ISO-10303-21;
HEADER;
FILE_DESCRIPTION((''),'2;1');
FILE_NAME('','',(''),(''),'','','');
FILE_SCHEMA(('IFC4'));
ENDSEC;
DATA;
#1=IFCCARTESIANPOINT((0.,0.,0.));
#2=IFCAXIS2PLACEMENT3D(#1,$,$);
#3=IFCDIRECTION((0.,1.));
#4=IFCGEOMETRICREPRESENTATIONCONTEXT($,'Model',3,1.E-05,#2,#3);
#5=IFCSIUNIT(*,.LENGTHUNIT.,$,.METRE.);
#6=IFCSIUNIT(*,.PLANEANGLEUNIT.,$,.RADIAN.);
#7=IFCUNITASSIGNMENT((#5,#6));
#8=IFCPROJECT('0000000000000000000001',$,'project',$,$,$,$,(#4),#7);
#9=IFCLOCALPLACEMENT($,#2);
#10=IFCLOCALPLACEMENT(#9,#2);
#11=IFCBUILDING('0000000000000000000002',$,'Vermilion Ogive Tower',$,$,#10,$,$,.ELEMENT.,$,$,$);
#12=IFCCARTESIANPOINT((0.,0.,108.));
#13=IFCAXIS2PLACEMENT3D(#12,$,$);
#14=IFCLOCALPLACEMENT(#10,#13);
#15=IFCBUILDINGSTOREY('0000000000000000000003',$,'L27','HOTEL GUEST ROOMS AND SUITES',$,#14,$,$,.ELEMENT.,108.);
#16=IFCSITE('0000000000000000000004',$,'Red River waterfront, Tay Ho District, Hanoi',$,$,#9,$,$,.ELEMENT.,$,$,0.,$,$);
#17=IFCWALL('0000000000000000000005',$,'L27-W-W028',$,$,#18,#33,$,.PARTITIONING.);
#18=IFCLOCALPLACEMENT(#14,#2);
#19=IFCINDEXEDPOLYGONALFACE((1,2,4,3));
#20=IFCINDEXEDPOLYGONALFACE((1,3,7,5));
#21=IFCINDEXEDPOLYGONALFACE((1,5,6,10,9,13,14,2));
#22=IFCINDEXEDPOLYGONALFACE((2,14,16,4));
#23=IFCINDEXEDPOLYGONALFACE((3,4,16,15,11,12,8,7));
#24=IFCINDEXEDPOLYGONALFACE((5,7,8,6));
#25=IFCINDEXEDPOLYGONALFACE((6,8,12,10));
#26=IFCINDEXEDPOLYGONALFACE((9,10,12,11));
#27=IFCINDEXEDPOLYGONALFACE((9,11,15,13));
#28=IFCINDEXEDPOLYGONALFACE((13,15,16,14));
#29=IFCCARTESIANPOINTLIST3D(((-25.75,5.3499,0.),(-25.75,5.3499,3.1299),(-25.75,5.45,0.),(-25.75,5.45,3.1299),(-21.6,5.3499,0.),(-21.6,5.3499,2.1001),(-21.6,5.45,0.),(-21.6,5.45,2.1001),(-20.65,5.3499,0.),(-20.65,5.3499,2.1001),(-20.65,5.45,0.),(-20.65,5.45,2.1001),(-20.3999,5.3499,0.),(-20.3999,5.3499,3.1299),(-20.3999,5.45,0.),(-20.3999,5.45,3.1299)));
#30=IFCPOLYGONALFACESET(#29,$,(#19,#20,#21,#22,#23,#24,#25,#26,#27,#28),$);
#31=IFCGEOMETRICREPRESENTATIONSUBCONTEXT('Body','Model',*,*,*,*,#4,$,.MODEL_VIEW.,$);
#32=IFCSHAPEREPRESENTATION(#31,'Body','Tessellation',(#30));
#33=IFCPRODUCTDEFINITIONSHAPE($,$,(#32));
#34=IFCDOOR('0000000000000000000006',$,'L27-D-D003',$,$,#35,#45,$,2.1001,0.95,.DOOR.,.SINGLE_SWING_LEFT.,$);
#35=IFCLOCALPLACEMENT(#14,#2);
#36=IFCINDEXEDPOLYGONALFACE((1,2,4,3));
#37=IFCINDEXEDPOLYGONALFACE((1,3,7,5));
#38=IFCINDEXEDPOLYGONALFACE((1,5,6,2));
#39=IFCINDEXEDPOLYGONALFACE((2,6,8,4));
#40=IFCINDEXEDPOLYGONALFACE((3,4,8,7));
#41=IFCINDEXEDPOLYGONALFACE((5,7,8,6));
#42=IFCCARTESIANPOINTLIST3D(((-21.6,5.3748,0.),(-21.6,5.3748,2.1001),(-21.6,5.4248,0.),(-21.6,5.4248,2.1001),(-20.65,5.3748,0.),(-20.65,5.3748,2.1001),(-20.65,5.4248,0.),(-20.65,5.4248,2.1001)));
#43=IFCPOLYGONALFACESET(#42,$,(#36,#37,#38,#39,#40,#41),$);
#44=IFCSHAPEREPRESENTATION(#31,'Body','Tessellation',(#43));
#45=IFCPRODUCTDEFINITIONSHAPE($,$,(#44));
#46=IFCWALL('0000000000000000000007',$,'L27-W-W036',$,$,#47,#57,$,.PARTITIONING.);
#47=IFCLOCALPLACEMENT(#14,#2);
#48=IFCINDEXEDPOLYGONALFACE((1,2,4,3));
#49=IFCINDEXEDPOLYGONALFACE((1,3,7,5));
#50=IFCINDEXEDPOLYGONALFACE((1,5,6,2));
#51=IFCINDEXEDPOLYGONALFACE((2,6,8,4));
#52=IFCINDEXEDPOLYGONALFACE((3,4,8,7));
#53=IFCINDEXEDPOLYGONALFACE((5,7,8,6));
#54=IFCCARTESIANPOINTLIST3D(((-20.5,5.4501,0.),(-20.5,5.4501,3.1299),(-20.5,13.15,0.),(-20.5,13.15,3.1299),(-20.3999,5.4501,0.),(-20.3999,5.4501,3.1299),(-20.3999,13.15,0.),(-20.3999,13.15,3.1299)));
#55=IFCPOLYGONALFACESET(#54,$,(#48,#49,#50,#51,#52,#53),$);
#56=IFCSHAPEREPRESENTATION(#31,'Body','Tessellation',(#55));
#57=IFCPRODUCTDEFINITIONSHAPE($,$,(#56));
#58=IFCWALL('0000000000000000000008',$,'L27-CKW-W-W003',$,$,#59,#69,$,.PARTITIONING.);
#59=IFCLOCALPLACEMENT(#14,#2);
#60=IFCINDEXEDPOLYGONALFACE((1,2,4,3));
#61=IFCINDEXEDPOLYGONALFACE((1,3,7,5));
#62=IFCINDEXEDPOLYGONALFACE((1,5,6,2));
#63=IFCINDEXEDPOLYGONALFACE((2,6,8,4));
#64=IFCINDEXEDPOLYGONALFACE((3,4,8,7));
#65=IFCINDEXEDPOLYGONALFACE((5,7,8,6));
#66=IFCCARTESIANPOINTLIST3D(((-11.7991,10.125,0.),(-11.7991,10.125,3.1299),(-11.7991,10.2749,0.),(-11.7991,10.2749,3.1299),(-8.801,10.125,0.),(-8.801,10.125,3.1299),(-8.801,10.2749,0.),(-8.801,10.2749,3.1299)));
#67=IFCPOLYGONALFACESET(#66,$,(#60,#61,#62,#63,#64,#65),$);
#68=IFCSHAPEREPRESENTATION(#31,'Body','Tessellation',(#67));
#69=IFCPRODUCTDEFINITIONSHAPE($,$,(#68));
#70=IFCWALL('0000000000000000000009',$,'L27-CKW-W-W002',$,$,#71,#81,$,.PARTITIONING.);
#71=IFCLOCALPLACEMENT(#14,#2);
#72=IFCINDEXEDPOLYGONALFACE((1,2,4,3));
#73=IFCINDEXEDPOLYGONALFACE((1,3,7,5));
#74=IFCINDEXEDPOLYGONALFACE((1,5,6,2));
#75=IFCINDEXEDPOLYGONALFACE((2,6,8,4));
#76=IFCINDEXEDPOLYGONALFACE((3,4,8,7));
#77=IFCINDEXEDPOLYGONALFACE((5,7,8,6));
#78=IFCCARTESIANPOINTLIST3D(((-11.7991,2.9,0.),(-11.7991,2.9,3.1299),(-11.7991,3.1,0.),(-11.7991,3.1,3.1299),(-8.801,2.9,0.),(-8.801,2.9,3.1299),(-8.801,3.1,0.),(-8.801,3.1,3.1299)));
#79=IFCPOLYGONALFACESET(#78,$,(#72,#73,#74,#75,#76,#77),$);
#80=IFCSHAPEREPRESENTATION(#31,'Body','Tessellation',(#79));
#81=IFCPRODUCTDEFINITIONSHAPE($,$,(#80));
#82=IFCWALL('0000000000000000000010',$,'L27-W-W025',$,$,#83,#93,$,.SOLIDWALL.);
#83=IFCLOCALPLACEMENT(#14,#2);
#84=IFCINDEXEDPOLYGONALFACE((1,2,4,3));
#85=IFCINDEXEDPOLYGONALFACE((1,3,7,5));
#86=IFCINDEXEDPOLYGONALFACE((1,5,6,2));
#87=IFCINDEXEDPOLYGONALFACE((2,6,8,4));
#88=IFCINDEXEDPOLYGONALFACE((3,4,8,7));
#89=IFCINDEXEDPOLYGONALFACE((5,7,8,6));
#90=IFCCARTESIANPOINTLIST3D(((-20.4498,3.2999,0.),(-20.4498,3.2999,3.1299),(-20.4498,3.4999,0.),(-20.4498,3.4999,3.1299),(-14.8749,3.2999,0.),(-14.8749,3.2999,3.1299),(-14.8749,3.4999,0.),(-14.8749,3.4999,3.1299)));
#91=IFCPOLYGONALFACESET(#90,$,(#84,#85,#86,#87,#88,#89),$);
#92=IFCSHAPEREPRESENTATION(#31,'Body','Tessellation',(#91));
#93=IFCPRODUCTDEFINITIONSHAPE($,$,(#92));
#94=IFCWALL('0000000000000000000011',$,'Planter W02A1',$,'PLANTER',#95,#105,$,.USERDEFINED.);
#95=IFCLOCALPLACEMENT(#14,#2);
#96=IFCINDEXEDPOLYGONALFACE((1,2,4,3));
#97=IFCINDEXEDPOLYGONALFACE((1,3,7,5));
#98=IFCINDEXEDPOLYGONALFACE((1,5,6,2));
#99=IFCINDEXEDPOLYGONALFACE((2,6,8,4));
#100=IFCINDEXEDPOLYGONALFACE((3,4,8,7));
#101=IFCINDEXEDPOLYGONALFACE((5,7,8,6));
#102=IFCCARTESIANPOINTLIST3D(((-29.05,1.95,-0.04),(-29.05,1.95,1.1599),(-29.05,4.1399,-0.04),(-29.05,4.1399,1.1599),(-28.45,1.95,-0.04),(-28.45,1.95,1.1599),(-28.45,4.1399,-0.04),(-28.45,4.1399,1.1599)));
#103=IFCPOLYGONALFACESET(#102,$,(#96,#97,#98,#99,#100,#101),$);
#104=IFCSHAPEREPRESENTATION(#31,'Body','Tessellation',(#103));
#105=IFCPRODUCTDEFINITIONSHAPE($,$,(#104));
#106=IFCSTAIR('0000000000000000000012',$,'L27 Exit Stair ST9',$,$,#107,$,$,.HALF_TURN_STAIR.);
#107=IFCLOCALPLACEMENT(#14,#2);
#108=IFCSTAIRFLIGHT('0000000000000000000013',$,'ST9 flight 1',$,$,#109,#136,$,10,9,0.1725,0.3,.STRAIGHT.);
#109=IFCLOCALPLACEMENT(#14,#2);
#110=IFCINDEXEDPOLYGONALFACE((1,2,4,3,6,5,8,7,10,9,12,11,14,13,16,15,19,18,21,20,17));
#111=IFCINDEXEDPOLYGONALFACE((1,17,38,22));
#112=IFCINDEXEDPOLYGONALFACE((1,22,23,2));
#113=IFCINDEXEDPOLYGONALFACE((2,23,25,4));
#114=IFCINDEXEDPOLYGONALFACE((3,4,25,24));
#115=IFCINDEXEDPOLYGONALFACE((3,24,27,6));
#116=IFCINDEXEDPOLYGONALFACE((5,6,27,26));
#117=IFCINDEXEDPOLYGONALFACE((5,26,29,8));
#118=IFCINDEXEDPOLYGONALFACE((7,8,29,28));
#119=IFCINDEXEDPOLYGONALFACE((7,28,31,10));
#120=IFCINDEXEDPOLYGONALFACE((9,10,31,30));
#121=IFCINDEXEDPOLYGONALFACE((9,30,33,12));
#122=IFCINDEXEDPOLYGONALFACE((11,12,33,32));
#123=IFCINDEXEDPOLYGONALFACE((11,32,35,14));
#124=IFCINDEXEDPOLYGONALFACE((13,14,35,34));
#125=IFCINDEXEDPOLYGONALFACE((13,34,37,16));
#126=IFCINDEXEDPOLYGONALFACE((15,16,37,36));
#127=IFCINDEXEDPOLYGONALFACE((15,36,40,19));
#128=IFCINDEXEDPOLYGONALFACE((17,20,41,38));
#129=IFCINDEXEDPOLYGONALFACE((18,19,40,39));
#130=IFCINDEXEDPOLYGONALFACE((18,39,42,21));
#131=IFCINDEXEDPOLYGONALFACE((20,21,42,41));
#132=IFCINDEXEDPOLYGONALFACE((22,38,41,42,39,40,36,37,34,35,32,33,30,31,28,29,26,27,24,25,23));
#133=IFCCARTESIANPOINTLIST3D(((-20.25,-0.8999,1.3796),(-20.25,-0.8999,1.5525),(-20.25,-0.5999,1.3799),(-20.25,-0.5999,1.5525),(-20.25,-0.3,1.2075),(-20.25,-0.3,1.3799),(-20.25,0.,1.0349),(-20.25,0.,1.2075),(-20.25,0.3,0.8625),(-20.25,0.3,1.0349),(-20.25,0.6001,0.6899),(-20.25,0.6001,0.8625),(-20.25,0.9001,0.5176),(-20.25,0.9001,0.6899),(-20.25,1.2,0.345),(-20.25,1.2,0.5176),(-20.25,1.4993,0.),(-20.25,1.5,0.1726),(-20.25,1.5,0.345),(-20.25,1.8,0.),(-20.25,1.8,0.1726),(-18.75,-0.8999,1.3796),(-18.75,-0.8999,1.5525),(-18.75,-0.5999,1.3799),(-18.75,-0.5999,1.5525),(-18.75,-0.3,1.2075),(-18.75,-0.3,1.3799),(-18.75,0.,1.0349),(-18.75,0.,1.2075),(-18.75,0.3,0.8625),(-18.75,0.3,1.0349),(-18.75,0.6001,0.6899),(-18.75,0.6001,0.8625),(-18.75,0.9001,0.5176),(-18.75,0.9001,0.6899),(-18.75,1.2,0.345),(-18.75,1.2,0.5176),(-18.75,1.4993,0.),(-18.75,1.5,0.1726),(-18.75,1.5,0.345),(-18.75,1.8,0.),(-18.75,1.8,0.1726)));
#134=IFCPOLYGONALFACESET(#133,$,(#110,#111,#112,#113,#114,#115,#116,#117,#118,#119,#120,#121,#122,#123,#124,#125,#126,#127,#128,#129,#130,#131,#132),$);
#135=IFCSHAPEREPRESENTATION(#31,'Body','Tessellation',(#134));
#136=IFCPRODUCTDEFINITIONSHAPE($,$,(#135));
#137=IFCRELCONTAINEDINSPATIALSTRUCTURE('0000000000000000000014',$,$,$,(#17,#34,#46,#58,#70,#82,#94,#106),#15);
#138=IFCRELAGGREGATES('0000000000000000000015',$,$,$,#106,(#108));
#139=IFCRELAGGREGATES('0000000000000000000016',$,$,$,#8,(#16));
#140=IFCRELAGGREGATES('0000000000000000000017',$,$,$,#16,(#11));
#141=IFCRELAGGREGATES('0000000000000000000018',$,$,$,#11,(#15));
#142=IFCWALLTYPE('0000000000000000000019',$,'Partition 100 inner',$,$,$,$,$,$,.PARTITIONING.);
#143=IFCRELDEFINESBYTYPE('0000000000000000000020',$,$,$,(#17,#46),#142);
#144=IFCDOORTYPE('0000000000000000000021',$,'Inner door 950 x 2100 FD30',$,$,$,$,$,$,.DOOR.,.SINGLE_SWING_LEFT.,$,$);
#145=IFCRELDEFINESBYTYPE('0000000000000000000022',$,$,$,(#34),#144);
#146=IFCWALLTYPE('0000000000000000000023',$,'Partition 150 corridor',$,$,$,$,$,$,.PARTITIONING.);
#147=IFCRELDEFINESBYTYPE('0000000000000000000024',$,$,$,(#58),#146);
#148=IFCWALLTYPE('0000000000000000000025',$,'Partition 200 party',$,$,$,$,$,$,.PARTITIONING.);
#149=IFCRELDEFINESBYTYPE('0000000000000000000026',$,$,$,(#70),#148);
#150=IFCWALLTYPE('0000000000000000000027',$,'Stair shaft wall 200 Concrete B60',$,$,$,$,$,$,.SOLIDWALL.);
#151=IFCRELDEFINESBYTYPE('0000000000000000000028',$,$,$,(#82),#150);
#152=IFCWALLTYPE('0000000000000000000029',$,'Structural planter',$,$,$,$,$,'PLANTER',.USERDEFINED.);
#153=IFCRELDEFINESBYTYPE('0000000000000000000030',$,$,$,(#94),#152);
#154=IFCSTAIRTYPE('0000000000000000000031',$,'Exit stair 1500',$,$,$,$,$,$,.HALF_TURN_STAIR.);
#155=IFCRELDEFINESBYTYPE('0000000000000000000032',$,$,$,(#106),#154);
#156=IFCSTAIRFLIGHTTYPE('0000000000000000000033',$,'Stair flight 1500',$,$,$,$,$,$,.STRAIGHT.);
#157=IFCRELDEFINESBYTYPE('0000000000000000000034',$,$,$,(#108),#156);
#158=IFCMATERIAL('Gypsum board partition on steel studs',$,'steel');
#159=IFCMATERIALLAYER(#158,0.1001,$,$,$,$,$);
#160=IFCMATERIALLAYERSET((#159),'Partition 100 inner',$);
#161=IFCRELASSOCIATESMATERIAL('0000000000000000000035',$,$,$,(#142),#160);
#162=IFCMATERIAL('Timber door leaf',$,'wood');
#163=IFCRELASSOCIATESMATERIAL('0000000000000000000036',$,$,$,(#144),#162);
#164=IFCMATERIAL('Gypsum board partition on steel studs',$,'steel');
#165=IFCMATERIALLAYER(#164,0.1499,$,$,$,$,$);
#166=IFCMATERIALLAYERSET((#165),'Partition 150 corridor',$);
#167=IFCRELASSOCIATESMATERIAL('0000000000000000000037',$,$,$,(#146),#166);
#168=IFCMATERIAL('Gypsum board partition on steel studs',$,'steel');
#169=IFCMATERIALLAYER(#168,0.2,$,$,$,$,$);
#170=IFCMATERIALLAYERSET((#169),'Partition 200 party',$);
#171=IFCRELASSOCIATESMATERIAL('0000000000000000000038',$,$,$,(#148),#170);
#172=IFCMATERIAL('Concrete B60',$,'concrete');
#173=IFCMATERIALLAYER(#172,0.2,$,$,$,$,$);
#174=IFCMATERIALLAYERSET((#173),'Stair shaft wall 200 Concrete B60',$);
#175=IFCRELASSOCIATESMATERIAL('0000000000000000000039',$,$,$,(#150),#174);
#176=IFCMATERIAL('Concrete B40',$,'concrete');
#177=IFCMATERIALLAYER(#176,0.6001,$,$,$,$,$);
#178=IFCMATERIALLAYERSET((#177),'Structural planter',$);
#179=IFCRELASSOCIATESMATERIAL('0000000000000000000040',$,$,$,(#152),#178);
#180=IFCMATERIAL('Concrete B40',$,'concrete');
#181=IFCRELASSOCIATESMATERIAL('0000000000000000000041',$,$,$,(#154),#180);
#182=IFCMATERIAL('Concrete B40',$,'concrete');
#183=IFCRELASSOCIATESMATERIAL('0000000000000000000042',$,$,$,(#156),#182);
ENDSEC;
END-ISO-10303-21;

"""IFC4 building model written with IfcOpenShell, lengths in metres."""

from ifc_helpers import new_model, si_unit, direction, frame, frame_2d, origin, place, context, subcontext, project, spatial, polyline, rectangle, outline, extrude, material, layer, layer_set, type_object, element, fill, aggregate, save


model = new_model("IFC4")

# Units and contexts
model_context = context("Model", 3, precision=1e-05, world=origin(), true_north=direction((0.0, 1.0)))
body_context = subcontext(model_context, "Body", "Model", "MODEL_VIEW")
ifc_project = project(units=[si_unit("LENGTHUNIT", "METRE"), si_unit("PLANEANGLEUNIT", "RADIAN")], contexts=[model_context])

# Site, building, storey
site_placement = place(None, origin())
site = spatial("IfcSite", under=ifc_project, at=site_placement, Name="Red River waterfront, Tay Ho District, Hanoi", CompositionType="ELEMENT", RefElevation=0.0)
building_placement = place(site_placement, origin())
building = spatial("IfcBuilding", under=site, at=building_placement, Name="Vermilion Ogive Tower", CompositionType="ELEMENT")
storey_placement = place(building_placement, frame((0.0, 0.0, 108.0)))
storey = spatial("IfcBuildingStorey", under=building, at=storey_placement, Name="L27", Description="HOTEL GUEST ROOMS AND SUITES", CompositionType="ELEMENT", Elevation=108.0)

# Wall, opening, door
ifc_material_1 = material(Name="Gypsum board partition on steel studs", Category="steel")
ifc_layer_1 = layer(ifc_material_1, 0.1001)
ifc_layer_set_1 = layer_set([ifc_layer_1], Name="Partition 100 inner")
wall_type_1 = type_object("IfcWallType", Name="Partition 100 inner", PredefinedType="PARTITIONING", material=ifc_layer_set_1)
ifc_material_2 = material(Name="Timber door leaf", Category="wood")
door_type_1 = type_object("IfcDoorType", Name="Inner door 950 x 2100 FD30", OperationType="SINGLE_SWING_LEFT", PredefinedType="DOOR", material=ifc_material_2)
wall_1_placement = place(storey_placement, frame((-25.75, 5.3999, 0.0), z_axis=(0.0, 0.0, 1.0), x_axis=(1.0, 0.0, 0.0)))
wall_1 = element("IfcWall", 1, at=wall_1_placement, inside=storey, type_object=wall_type_1, Name="L27-W-W028", PredefinedType="PARTITIONING", context=body_context, shape_type="SweptSolid", body=[
    extrude(rectangle(XDim=5.3501, YDim=0.1001, at=frame_2d((2.675, 0.0))), origin(), (0.0, 0.0, 1.0), 3.1299),
])
opening_1_placement = place(wall_1_placement, frame((4.1499, 0.0, 0.0)))
opening_1 = element("IfcOpeningElement", 2, at=opening_1_placement, cuts=wall_1, PredefinedType="OPENING", context=body_context, shape_type="SweptSolid", body=[
    extrude(rectangle(XDim=0.95, YDim=2.1001, at=frame_2d((0.4751, 1.05))), frame((0.0, 0.0601, 0.0), z_axis=(0.0, -1.0, 0.0), x_axis=(1.0, 0.0, 0.0)), (0.0, 0.0, 1.0), 0.1201),
])
door_1_placement = place(opening_1_placement, origin())
door_1 = element("IfcDoor", 3, at=door_1_placement, inside=storey, type_object=door_type_1, Name="L27-D-D003", OperationType="SINGLE_SWING_LEFT", OverallHeight=2.1001, OverallWidth=0.95, PredefinedType="DOOR", context=body_context, shape_type="SweptSolid", body=[
    extrude(rectangle(XDim=0.95, YDim=2.1001, at=frame_2d((0.4751, 1.05))), frame((0.0, 0.0249, 0.0), z_axis=(0.0, -1.0, 0.0), x_axis=(1.0, 0.0, 0.0)), (0.0, 0.0, 1.0), 0.05),
])
fill(opening_1, door_1)

# Walls
wall_2_placement = place(storey_placement, frame((-20.45, 5.45, 0.0), z_axis=(0.0, 0.0, 1.0), x_axis=(0.0, 1.0, 0.0)))
element("IfcWall", 4, at=wall_2_placement, inside=storey, type_object=wall_type_1, Name="L27-W-W036", PredefinedType="PARTITIONING", context=body_context, shape_type="SweptSolid", body=[
    extrude(rectangle(XDim=7.7, YDim=0.1001, at=frame_2d((3.8501, 0.0))), origin(), (0.0, 0.0, 1.0), 3.1299),
])
ifc_material_3 = material(Name="Gypsum board partition on steel studs", Category="steel")
ifc_layer_2 = layer(ifc_material_3, 0.1499)
ifc_layer_set_2 = layer_set([ifc_layer_2], Name="Partition 150 corridor")
wall_type_2 = type_object("IfcWallType", Name="Partition 150 corridor", PredefinedType="PARTITIONING", material=ifc_layer_set_2)
wall_3_placement = place(storey_placement, frame((-11.7991, 10.2, 0.0), z_axis=(0.0, 0.0, 1.0), x_axis=(1.0, 0.0, 0.0)))
element("IfcWall", 5, at=wall_3_placement, inside=storey, type_object=wall_type_2, Name="L27-CKW-W-W003", PredefinedType="PARTITIONING", context=body_context, shape_type="SweptSolid", body=[
    extrude(rectangle(XDim=2.998, YDim=0.1499, at=frame_2d((1.499, 0.0))), origin(), (0.0, 0.0, 1.0), 3.1299),
])
ifc_material_4 = material(Name="Gypsum board partition on steel studs", Category="steel")
ifc_layer_3 = layer(ifc_material_4, 0.2)
ifc_layer_set_3 = layer_set([ifc_layer_3], Name="Partition 200 party")
wall_type_3 = type_object("IfcWallType", Name="Partition 200 party", PredefinedType="PARTITIONING", material=ifc_layer_set_3)
wall_4_placement = place(storey_placement, frame((-11.7991, 3.0, 0.0), z_axis=(0.0, 0.0, 1.0), x_axis=(1.0, 0.0, 0.0)))
element("IfcWall", 6, at=wall_4_placement, inside=storey, type_object=wall_type_3, Name="L27-CKW-W-W002", PredefinedType="PARTITIONING", context=body_context, shape_type="SweptSolid", body=[
    extrude(rectangle(XDim=2.998, YDim=0.2, at=frame_2d((1.499, 0.0))), origin(), (0.0, 0.0, 1.0), 3.1299),
])
ifc_material_5 = material(Name="Concrete B60", Category="concrete")
ifc_layer_4 = layer(ifc_material_5, 0.2)
ifc_layer_set_4 = layer_set([ifc_layer_4], Name="Stair shaft wall 200 Concrete B60")
wall_type_4 = type_object("IfcWallType", Name="Stair shaft wall 200 Concrete B60", PredefinedType="SOLIDWALL", material=ifc_layer_set_4)
wall_5_placement = place(storey_placement, frame((-20.45, 3.3999, 0.0), z_axis=(0.0, 0.0, 1.0), x_axis=(1.0, 0.0, 0.0)))
element("IfcWall", 7, at=wall_5_placement, inside=storey, type_object=wall_type_4, Name="L27-W-W025", PredefinedType="SOLIDWALL", context=body_context, shape_type="SweptSolid", body=[
    extrude(rectangle(XDim=5.575, YDim=0.2, at=frame_2d((2.7876, 0.0))), origin(), (0.0, 0.0, 1.0), 3.1299),
])
ifc_material_6 = material(Name="Concrete B40", Category="concrete")
ifc_layer_5 = layer(ifc_material_6, 0.6001)
ifc_layer_set_5 = layer_set([ifc_layer_5], Name="Structural planter")
wall_type_5 = type_object("IfcWallType", Name="Structural planter", ElementType="PLANTER", PredefinedType="USERDEFINED", material=ifc_layer_set_5)
wall_6_placement = place(storey_placement, frame((-28.75, 4.1399, -0.04), z_axis=(0.0, 0.0, 1.0), x_axis=(0.0, -1.0, 0.0)))
element("IfcWall", 8, at=wall_6_placement, inside=storey, type_object=wall_type_5, Name="Planter W02A1", ObjectType="PLANTER", PredefinedType="USERDEFINED", context=body_context, shape_type="SweptSolid", body=[
    extrude(rectangle(XDim=2.1899, YDim=0.6001, at=frame_2d((1.095, 0.0))), origin(), (0.0, 0.0, 1.0), 1.2),
])

# Stair, stair flight
ifc_material_7 = material(Name="Concrete B40", Category="concrete")
stair_type = type_object("IfcStairType", Name="Exit stair 1500", PredefinedType="HALF_TURN_STAIR", material=ifc_material_7)
stair_placement = place(storey_placement, origin())
stair = element("IfcStair", 9, at=stair_placement, inside=storey, type_object=stair_type, Name="L27 Exit Stair ST9", PredefinedType="HALF_TURN_STAIR")
ifc_material_8 = material(Name="Concrete B40", Category="concrete")
stair_flight_type = type_object("IfcStairFlightType", Name="Stair flight 1500", PredefinedType="STRAIGHT", material=ifc_material_8)
stair_flight_placement = place(storey_placement, frame((-19.5, 1.8, 0.0), z_axis=(0.0, 0.0, 1.0), x_axis=(0.0, -1.0, 0.0)))
stair_flight = element("IfcStairFlight", 10, at=stair_flight_placement, type_object=stair_flight_type, Name="ST9 flight 1", NumberOfRisers=10, NumberOfTreads=9, PredefinedType="STRAIGHT", RiserHeight=0.1725, TreadLength=0.3, context=body_context, shape_type="SweptSolid", body=[
    extrude(outline(polyline([(0.0, 0.0), (0.0, 0.1726), (0.3, 0.1726), (0.3, 0.345), (0.6001, 0.345), (0.6001, 0.5176), (0.8999, 0.5176), (0.8999, 0.6899), (1.2, 0.6899), (1.2, 0.8625), (1.5, 0.8625), (1.5, 1.0349), (1.8, 1.0349), (1.8, 1.2075), (2.1001, 1.2075), (2.1001, 1.3799), (2.3999, 1.3799), (2.3999, 1.5525), (2.7, 1.5525), (2.7, 1.7251), (2.7, 1.3796), (0.3008, 0.0), (0.0, 0.0)])), frame((0.0, 0.75, 0.0), z_axis=(0.0, -1.0, 0.0), x_axis=(1.0, 0.0, 0.0)), (0.0, 0.0, 1.0), 1.5),
])
aggregate(stair, [stair_flight])

save(model, "model.ifc")
